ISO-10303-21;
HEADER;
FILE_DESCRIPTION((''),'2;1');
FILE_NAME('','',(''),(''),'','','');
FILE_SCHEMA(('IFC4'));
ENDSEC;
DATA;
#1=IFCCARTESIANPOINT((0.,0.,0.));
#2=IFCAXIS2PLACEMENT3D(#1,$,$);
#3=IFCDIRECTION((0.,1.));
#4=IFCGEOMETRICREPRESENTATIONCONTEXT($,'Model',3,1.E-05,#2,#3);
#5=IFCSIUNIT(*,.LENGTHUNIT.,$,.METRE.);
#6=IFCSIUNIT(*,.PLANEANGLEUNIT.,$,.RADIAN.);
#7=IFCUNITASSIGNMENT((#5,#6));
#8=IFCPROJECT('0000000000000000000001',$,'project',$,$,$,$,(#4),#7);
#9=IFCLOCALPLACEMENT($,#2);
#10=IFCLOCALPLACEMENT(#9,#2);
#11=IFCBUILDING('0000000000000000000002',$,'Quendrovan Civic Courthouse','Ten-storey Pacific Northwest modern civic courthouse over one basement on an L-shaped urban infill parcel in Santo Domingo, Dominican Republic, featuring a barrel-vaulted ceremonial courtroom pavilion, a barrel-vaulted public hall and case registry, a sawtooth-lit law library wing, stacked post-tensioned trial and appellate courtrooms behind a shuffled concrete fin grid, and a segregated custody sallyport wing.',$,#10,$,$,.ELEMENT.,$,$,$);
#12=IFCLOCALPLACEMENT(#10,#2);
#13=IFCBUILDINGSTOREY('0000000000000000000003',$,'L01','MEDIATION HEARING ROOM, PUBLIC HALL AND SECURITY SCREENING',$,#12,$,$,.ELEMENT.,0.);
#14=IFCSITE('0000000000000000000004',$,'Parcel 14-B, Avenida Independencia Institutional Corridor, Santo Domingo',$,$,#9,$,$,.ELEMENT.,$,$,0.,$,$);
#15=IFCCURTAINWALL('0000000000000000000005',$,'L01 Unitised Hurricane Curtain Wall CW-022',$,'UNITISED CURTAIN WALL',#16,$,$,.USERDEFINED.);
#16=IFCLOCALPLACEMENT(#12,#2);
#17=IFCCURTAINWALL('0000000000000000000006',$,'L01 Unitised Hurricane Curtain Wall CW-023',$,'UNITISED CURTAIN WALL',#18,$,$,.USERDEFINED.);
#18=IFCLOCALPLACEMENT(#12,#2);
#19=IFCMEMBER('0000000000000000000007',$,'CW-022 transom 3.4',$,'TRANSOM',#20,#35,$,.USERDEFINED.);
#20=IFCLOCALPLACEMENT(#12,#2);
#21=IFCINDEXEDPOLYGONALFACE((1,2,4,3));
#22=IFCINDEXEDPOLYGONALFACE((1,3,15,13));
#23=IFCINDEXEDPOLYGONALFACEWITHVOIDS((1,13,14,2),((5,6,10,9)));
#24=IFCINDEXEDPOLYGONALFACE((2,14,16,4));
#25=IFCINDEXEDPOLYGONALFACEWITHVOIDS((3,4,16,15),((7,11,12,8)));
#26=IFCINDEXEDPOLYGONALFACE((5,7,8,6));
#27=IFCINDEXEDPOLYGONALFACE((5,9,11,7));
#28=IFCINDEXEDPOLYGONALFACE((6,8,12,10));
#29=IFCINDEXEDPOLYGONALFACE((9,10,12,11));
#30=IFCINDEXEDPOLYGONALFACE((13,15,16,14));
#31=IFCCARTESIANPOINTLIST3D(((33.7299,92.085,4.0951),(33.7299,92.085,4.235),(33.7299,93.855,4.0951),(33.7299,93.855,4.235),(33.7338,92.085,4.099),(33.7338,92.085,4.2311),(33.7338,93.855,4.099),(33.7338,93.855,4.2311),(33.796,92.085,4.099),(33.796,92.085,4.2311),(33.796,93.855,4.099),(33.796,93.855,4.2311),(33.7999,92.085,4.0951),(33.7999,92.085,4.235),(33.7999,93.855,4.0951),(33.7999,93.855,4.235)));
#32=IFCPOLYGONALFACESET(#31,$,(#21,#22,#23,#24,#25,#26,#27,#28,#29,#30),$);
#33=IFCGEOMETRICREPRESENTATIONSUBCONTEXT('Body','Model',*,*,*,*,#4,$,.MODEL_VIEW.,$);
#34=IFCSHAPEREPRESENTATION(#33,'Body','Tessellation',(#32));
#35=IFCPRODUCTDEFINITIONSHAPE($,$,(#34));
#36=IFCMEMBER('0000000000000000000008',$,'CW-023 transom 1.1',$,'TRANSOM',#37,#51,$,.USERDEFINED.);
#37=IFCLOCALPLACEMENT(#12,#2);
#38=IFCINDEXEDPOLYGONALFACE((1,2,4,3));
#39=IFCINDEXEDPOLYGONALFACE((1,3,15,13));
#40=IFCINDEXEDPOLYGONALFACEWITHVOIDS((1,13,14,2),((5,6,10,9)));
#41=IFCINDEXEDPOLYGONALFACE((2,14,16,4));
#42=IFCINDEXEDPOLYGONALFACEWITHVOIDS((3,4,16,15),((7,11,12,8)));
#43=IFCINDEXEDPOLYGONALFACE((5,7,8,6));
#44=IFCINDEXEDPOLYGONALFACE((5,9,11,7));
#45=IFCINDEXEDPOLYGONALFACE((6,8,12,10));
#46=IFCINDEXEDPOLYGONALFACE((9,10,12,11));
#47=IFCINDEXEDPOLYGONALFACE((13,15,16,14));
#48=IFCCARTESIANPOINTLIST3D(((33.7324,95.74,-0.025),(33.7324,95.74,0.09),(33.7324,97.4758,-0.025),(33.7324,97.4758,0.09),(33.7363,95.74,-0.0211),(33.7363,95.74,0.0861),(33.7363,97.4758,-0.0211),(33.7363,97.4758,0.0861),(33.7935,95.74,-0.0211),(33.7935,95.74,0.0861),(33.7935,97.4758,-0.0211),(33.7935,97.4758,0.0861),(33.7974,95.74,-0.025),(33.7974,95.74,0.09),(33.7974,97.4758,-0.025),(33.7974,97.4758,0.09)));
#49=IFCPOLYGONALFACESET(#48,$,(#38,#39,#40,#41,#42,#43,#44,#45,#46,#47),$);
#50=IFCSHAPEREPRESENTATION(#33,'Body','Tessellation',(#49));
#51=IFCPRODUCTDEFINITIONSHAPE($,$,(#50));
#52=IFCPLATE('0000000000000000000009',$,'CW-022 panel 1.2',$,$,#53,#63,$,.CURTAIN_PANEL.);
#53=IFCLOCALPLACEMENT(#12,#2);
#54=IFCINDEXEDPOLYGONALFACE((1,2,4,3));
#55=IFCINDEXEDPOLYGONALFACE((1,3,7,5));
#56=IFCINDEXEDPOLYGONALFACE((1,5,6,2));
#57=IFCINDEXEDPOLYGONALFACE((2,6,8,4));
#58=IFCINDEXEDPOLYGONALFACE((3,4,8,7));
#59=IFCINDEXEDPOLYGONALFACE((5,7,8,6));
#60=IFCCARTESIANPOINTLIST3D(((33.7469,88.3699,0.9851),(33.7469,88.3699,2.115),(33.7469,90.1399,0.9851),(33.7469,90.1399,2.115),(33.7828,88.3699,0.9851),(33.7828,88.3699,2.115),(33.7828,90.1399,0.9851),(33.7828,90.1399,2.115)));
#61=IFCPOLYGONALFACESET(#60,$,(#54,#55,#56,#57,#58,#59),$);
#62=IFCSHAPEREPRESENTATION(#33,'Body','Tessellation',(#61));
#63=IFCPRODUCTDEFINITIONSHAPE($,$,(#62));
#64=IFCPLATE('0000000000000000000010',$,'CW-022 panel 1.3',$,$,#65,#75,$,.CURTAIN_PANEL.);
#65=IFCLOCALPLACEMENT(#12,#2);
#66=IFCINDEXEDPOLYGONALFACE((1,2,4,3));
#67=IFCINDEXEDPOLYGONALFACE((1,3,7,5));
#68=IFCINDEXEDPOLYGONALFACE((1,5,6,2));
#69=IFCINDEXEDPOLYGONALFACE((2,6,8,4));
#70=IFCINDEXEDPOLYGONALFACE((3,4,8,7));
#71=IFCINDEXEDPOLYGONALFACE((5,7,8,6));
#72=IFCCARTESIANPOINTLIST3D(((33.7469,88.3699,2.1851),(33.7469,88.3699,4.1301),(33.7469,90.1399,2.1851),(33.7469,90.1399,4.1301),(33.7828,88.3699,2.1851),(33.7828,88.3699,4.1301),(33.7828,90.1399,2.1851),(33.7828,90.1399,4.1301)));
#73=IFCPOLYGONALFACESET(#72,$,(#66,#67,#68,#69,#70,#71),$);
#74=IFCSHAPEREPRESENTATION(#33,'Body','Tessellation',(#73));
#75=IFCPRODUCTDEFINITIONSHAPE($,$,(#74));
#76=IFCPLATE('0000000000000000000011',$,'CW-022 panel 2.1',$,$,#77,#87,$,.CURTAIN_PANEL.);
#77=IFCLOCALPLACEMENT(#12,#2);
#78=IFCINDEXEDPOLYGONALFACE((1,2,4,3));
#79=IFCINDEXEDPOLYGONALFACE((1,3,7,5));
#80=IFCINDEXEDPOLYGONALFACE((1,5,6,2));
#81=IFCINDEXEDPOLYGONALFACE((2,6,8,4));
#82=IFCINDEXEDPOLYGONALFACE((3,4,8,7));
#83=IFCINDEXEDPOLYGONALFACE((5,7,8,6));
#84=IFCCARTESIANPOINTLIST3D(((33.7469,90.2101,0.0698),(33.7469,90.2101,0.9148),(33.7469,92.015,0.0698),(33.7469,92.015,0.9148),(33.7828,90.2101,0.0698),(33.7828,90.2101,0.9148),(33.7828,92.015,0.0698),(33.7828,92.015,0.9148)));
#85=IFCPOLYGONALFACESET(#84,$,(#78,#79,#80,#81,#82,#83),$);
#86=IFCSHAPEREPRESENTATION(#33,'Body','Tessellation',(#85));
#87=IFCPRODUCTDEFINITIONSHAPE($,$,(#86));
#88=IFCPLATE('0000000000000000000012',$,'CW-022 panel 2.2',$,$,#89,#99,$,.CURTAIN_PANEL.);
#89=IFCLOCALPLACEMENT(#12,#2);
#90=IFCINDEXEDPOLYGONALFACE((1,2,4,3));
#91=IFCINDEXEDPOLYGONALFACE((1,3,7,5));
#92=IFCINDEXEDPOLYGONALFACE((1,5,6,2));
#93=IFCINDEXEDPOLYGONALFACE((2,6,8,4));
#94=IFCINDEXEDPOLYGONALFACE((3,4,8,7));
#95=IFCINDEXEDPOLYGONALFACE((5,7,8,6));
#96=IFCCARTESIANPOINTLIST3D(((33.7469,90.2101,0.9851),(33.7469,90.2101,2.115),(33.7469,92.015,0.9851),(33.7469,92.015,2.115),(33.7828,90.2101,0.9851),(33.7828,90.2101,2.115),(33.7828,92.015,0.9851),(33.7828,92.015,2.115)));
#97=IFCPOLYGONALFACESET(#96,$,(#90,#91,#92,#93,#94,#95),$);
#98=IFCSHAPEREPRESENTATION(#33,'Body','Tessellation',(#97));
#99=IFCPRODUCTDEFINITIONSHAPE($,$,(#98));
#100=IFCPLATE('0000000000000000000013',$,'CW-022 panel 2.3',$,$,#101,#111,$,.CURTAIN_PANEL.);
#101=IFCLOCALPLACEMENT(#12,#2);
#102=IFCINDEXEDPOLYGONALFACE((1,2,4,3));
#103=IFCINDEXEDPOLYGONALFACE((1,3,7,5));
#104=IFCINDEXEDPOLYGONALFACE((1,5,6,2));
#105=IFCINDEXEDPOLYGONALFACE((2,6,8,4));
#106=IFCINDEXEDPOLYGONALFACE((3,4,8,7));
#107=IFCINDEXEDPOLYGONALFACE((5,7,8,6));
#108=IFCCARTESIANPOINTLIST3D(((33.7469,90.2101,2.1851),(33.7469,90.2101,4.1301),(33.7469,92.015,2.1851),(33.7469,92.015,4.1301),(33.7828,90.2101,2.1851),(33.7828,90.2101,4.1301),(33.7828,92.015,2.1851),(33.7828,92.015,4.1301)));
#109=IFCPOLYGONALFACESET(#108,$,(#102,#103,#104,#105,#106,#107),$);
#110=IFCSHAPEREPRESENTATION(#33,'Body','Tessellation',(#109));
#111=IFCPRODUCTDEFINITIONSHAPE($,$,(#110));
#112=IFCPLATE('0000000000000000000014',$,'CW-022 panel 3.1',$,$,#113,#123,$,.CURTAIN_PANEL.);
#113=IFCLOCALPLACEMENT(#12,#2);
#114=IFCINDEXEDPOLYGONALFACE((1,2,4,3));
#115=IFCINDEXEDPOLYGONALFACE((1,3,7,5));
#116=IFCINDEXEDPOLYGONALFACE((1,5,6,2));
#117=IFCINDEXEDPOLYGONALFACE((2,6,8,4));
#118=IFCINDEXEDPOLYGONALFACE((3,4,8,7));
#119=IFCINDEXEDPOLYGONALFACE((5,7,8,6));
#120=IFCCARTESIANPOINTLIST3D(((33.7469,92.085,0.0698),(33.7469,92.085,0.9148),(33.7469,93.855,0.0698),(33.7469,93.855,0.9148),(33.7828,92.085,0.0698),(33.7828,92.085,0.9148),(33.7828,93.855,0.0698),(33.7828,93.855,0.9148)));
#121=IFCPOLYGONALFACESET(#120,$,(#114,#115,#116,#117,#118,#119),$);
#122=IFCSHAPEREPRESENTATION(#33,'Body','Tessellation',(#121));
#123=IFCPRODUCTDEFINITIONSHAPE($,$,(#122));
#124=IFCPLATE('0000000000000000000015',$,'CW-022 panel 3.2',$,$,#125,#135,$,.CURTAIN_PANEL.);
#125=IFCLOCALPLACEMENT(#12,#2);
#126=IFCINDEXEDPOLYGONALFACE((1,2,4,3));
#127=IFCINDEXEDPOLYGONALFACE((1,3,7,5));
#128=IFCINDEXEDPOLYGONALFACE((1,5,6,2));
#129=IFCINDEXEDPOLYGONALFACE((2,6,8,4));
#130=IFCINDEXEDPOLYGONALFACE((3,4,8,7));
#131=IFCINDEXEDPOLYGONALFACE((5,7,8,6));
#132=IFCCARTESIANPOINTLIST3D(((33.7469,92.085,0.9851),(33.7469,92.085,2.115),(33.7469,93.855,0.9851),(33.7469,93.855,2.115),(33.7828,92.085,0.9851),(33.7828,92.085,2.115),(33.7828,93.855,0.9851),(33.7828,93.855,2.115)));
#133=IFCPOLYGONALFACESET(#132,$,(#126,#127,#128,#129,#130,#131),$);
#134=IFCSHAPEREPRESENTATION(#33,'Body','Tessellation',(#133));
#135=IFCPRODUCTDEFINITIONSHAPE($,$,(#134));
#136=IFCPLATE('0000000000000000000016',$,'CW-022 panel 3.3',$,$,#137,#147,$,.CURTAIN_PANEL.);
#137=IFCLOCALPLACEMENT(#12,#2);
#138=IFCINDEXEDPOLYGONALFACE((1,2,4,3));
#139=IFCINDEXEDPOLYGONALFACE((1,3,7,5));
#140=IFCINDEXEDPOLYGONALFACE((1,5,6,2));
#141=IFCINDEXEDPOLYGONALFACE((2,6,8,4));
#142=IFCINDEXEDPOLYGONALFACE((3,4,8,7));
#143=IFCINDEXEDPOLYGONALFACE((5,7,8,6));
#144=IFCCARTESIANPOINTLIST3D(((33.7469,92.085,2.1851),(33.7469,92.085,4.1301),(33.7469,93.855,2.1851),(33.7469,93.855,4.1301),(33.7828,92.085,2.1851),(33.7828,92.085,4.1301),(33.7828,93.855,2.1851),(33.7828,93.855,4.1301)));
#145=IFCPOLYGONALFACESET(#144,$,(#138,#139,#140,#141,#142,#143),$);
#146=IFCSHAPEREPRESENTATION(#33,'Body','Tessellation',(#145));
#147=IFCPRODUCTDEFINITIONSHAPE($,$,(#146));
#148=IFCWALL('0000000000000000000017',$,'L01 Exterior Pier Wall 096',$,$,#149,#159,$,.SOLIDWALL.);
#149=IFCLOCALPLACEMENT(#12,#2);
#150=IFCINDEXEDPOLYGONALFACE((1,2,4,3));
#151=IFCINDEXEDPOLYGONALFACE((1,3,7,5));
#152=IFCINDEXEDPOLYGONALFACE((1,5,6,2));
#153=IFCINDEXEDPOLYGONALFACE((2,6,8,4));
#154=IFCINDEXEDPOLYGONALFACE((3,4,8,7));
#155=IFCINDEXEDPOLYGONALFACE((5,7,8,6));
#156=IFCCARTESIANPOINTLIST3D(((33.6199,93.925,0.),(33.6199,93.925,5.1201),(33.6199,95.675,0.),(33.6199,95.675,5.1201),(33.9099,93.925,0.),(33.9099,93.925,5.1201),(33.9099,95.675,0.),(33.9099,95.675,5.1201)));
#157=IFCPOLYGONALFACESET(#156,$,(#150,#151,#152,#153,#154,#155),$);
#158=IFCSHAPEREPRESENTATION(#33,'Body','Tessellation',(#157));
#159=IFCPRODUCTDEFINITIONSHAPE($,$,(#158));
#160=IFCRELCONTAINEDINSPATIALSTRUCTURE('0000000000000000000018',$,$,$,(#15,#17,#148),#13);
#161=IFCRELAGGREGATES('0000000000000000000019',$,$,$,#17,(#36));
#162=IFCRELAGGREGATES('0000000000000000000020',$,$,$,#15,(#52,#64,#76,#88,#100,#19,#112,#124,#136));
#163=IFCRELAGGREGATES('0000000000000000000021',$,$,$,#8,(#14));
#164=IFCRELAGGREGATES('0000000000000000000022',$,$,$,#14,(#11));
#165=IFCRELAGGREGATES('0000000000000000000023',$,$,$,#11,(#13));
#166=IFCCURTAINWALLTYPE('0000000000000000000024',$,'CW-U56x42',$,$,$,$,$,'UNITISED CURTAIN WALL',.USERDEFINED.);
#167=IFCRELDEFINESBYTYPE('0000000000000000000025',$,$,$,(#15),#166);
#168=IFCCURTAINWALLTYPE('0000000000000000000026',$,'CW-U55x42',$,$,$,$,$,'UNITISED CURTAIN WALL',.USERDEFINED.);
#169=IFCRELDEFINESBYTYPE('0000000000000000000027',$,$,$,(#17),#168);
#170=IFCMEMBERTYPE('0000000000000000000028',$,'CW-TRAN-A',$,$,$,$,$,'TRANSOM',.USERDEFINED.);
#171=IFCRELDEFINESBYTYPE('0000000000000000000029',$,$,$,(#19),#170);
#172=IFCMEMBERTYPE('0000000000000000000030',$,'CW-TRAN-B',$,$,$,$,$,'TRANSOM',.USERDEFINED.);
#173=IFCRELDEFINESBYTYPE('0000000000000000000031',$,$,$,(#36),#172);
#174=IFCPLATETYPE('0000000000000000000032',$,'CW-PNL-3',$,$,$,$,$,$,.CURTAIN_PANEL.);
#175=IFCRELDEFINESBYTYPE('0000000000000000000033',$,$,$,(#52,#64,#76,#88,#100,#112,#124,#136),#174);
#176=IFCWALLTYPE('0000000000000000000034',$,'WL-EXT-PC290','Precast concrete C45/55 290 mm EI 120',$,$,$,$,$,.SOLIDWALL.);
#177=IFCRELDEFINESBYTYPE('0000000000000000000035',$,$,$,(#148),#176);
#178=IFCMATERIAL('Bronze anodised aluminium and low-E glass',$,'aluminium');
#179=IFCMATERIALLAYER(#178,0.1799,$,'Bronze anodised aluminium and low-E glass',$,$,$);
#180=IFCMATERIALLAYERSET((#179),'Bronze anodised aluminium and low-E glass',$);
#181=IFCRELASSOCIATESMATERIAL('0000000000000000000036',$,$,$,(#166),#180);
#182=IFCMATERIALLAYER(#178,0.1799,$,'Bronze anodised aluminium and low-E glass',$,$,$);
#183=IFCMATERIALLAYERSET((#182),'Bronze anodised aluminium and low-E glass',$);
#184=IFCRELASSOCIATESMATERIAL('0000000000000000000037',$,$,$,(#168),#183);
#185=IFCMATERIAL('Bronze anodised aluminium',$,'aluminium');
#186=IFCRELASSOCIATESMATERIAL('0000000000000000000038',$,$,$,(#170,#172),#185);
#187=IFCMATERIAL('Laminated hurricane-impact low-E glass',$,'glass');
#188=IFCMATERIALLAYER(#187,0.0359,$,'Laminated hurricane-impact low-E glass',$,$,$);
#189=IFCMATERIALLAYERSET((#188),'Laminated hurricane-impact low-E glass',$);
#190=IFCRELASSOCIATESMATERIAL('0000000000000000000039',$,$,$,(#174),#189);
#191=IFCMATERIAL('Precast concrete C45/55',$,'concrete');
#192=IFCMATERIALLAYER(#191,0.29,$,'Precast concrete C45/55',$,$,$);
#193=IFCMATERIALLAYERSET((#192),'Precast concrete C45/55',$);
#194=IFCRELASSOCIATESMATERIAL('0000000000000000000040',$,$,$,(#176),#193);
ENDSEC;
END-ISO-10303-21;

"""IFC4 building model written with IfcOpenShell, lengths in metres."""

from ifc_helpers import new_model, si_unit, direction, frame, frame_2d, origin, origin_2d, place, context, subcontext, project, spatial, rectangle, hollow_rectangle, extrude, material, layer, layer_set, material_profile, profile_set, type_object, element, aggregate, save


model = new_model("IFC4")

# Units and contexts
model_context = context("Model", 3, precision=1e-05, world=origin(), true_north=direction((0.0, 1.0)))
body_context = subcontext(model_context, "Body", "Model", "MODEL_VIEW")
ifc_project = project(units=[si_unit("LENGTHUNIT", "METRE"), si_unit("PLANEANGLEUNIT", "RADIAN")], contexts=[model_context])

# Site, building, storey
site_placement = place(None, origin())
site = spatial("IfcSite", under=ifc_project, at=site_placement, Name="Parcel 14-B, Avenida Independencia Institutional Corridor, Santo Domingo", CompositionType="ELEMENT", RefElevation=0.0)
building_placement = place(site_placement, origin())
building = spatial("IfcBuilding", under=site, at=building_placement, Name="Quendrovan Civic Courthouse", Description="Ten-storey Pacific Northwest modern civic courthouse over one basement on an L-shaped urban infill parcel in Santo Domingo, Dominican Republic, featuring a barrel-vaulted ceremonial courtroom pavilion, a barrel-vaulted public hall and case registry, a sawtooth-lit law library wing, stacked post-tensioned trial and appellate courtrooms behind a shuffled concrete fin grid, and a segregated custody sallyport wing.", CompositionType="ELEMENT")
storey_placement = place(building_placement, origin())
storey = spatial("IfcBuildingStorey", under=building, at=storey_placement, Name="L01", Description="MEDIATION HEARING ROOM, PUBLIC HALL AND SECURITY SCREENING", CompositionType="ELEMENT", Elevation=0.0)

# Curtain wall
ifc_material_1 = material(Name="Bronze anodised aluminium and low-E glass", Category="aluminium")
ifc_layer_1 = layer(ifc_material_1, 0.1799, Name="Bronze anodised aluminium and low-E glass")
ifc_layer_set_1 = layer_set([ifc_layer_1], Name="Bronze anodised aluminium and low-E glass")
curtain_wall_type_1 = type_object("IfcCurtainWallType", Name="CW-U56x42", ElementType="UNITISED CURTAIN WALL", PredefinedType="USERDEFINED", material=ifc_layer_set_1)
curtain_wall_1_placement = place(storey_placement, origin())
curtain_wall_1 = element("IfcCurtainWall", 1, at=curtain_wall_1_placement, inside=storey, type_object=curtain_wall_type_1, Name="L01 Unitised Hurricane Curtain Wall CW-022", ObjectType="UNITISED CURTAIN WALL", PredefinedType="USERDEFINED")
ifc_material_2 = material(Name="Bronze anodised aluminium", Category="aluminium")

# Curtain wall
ifc_layer_2 = layer(ifc_material_1, 0.1799, Name="Bronze anodised aluminium and low-E glass")
ifc_layer_set_2 = layer_set([ifc_layer_2], Name="Bronze anodised aluminium and low-E glass")
curtain_wall_type_2 = type_object("IfcCurtainWallType", Name="CW-U55x42", ElementType="UNITISED CURTAIN WALL", PredefinedType="USERDEFINED", material=ifc_layer_set_2)
curtain_wall_2_placement = place(storey_placement, origin())
curtain_wall_2 = element("IfcCurtainWall", 2, at=curtain_wall_2_placement, inside=storey, type_object=curtain_wall_type_2, Name="L01 Unitised Hurricane Curtain Wall CW-023", ObjectType="UNITISED CURTAIN WALL", PredefinedType="USERDEFINED")

# Members
ifc_material_profile_1 = material_profile(ifc_material_2, hollow_rectangle(XDim=0.0701, YDim=0.1399, WallThickness=0.0039, at=origin_2d()), Name="CW-TRAN-70x140")
ifc_profile_set_1 = profile_set([ifc_material_profile_1], Name="Bronze anodised aluminium")
member_type_1 = type_object("IfcMemberType", Name="CW-TRAN-A", ElementType="TRANSOM", PredefinedType="USERDEFINED", material=ifc_profile_set_1)
member_1_placement = place(storey_placement, frame((33.7649, 92.085, 4.165), z_axis=(0.0, 1.0, 0.0), x_axis=(-1.0, 0.0, 0.0)))
member_1 = element("IfcMember", 3, at=member_1_placement, type_object=member_type_1, Name="CW-022 transom 3.4", ObjectType="TRANSOM", PredefinedType="USERDEFINED", context=body_context, shape_type="SweptSolid", body=[
    extrude(hollow_rectangle(XDim=0.0701, YDim=0.1399, WallThickness=0.0039, at=origin_2d()), origin(), (0.0, 0.0, 1.0), 1.77),
])
ifc_material_profile_2 = material_profile(ifc_material_2, hollow_rectangle(XDim=0.0649, YDim=0.115, WallThickness=0.0039, at=origin_2d()), Name="CW-TRAN-65x115")
ifc_profile_set_2 = profile_set([ifc_material_profile_2], Name="Bronze anodised aluminium")
member_type_2 = type_object("IfcMemberType", Name="CW-TRAN-B", ElementType="TRANSOM", PredefinedType="USERDEFINED", material=ifc_profile_set_2)
member_2_placement = place(storey_placement, frame((33.7649, 95.74, 0.0325), z_axis=(0.0, 1.0, 0.0), x_axis=(-1.0, 0.0, 0.0)))
member_2 = element("IfcMember", 4, at=member_2_placement, type_object=member_type_2, Name="CW-023 transom 1.1", ObjectType="TRANSOM", PredefinedType="USERDEFINED", context=body_context, shape_type="SweptSolid", body=[
    extrude(hollow_rectangle(XDim=0.0649, YDim=0.115, WallThickness=0.0039, at=origin_2d()), origin(), (0.0, 0.0, 1.0), 1.7358),
])
aggregate(curtain_wall_2, [member_2])

# Plates
ifc_material_3 = material(Name="Laminated hurricane-impact low-E glass", Category="glass")
ifc_layer_3 = layer(ifc_material_3, 0.0359, Name="Laminated hurricane-impact low-E glass")
ifc_layer_set_3 = layer_set([ifc_layer_3], Name="Laminated hurricane-impact low-E glass")
plate_type = type_object("IfcPlateType", Name="CW-PNL-3", PredefinedType="CURTAIN_PANEL", material=ifc_layer_set_3)
plate_1_placement = place(storey_placement, frame((33.7649, 89.2549, 0.9851), z_axis=(0.0, 0.0, 1.0), x_axis=(0.0, 1.0, 0.0)))
plate_1 = element("IfcPlate", 5, at=plate_1_placement, type_object=plate_type, Name="CW-022 panel 1.2", PredefinedType="CURTAIN_PANEL", context=body_context, shape_type="SweptSolid", body=[
    extrude(rectangle(XDim=1.77, YDim=0.0359, at=origin_2d()), origin(), (0.0, 0.0, 1.0), 1.1299),
])
plate_2_placement = place(storey_placement, frame((33.7649, 89.2549, 2.1851), z_axis=(0.0, 0.0, 1.0), x_axis=(0.0, 1.0, 0.0)))
plate_2 = element("IfcPlate", 6, at=plate_2_placement, type_object=plate_type, Name="CW-022 panel 1.3", PredefinedType="CURTAIN_PANEL", context=body_context, shape_type="SweptSolid", body=[
    extrude(rectangle(XDim=1.77, YDim=0.0359, at=origin_2d()), origin(), (0.0, 0.0, 1.0), 1.9451),
])
plate_3_placement = place(storey_placement, frame((33.7649, 91.1125, 0.0698), z_axis=(0.0, 0.0, 1.0), x_axis=(0.0, 1.0, 0.0)))
plate_3 = element("IfcPlate", 7, at=plate_3_placement, type_object=plate_type, Name="CW-022 panel 2.1", PredefinedType="CURTAIN_PANEL", context=body_context, shape_type="SweptSolid", body=[
    extrude(rectangle(XDim=1.8049, YDim=0.0359, at=origin_2d()), origin(), (0.0, 0.0, 1.0), 0.845),
])
plate_4_placement = place(storey_placement, frame((33.7649, 91.1125, 0.9851), z_axis=(0.0, 0.0, 1.0), x_axis=(0.0, 1.0, 0.0)))
plate_4 = element("IfcPlate", 8, at=plate_4_placement, type_object=plate_type, Name="CW-022 panel 2.2", PredefinedType="CURTAIN_PANEL", context=body_context, shape_type="SweptSolid", body=[
    extrude(rectangle(XDim=1.8049, YDim=0.0359, at=origin_2d()), origin(), (0.0, 0.0, 1.0), 1.1299),
])
plate_5_placement = place(storey_placement, frame((33.7649, 91.1125, 2.1851), z_axis=(0.0, 0.0, 1.0), x_axis=(0.0, 1.0, 0.0)))
plate_5 = element("IfcPlate", 9, at=plate_5_placement, type_object=plate_type, Name="CW-022 panel 2.3", PredefinedType="CURTAIN_PANEL", context=body_context, shape_type="SweptSolid", body=[
    extrude(rectangle(XDim=1.8049, YDim=0.0359, at=origin_2d()), origin(), (0.0, 0.0, 1.0), 1.9451),
])
plate_6_placement = place(storey_placement, frame((33.7649, 92.97, 0.0698), z_axis=(0.0, 0.0, 1.0), x_axis=(0.0, 1.0, 0.0)))
plate_6 = element("IfcPlate", 10, at=plate_6_placement, type_object=plate_type, Name="CW-022 panel 3.1", PredefinedType="CURTAIN_PANEL", context=body_context, shape_type="SweptSolid", body=[
    extrude(rectangle(XDim=1.77, YDim=0.0359, at=origin_2d()), origin(), (0.0, 0.0, 1.0), 0.845),
])
plate_7_placement = place(storey_placement, frame((33.7649, 92.97, 0.9851), z_axis=(0.0, 0.0, 1.0), x_axis=(0.0, 1.0, 0.0)))
plate_7 = element("IfcPlate", 11, at=plate_7_placement, type_object=plate_type, Name="CW-022 panel 3.2", PredefinedType="CURTAIN_PANEL", context=body_context, shape_type="SweptSolid", body=[
    extrude(rectangle(XDim=1.77, YDim=0.0359, at=origin_2d()), origin(), (0.0, 0.0, 1.0), 1.1299),
])
plate_8_placement = place(storey_placement, frame((33.7649, 92.97, 2.1851), z_axis=(0.0, 0.0, 1.0), x_axis=(0.0, 1.0, 0.0)))
plate_8 = element("IfcPlate", 12, at=plate_8_placement, type_object=plate_type, Name="CW-022 panel 3.3", PredefinedType="CURTAIN_PANEL", context=body_context, shape_type="SweptSolid", body=[
    extrude(rectangle(XDim=1.77, YDim=0.0359, at=origin_2d()), origin(), (0.0, 0.0, 1.0), 1.9451),
])
aggregate(curtain_wall_1, [plate_1, plate_2, plate_3, plate_4, plate_5, member_1, plate_6, plate_7, plate_8])

# Wall
ifc_material_4 = material(Name="Precast concrete C45/55", Category="concrete")
ifc_layer_4 = layer(ifc_material_4, 0.29, Name="Precast concrete C45/55")
ifc_layer_set_4 = layer_set([ifc_layer_4], Name="Precast concrete C45/55")
wall_type = type_object("IfcWallType", Name="WL-EXT-PC290", Description="Precast concrete C45/55 290 mm EI 120", PredefinedType="SOLIDWALL", material=ifc_layer_set_4)
wall_placement = place(storey_placement, frame((33.7649, 93.925, 0.0), z_axis=(0.0, 0.0, 1.0), x_axis=(0.0, 1.0, 0.0)))
element("IfcWall", 13, at=wall_placement, inside=storey, type_object=wall_type, Name="L01 Exterior Pier Wall 096", PredefinedType="SOLIDWALL", context=body_context, shape_type="SweptSolid", body=[
    extrude(rectangle(XDim=1.75, YDim=0.29, at=frame_2d((0.875, 0.0))), origin(), (0.0, 0.0, 1.0), 5.1201),
])

save(model, "model.ifc")
